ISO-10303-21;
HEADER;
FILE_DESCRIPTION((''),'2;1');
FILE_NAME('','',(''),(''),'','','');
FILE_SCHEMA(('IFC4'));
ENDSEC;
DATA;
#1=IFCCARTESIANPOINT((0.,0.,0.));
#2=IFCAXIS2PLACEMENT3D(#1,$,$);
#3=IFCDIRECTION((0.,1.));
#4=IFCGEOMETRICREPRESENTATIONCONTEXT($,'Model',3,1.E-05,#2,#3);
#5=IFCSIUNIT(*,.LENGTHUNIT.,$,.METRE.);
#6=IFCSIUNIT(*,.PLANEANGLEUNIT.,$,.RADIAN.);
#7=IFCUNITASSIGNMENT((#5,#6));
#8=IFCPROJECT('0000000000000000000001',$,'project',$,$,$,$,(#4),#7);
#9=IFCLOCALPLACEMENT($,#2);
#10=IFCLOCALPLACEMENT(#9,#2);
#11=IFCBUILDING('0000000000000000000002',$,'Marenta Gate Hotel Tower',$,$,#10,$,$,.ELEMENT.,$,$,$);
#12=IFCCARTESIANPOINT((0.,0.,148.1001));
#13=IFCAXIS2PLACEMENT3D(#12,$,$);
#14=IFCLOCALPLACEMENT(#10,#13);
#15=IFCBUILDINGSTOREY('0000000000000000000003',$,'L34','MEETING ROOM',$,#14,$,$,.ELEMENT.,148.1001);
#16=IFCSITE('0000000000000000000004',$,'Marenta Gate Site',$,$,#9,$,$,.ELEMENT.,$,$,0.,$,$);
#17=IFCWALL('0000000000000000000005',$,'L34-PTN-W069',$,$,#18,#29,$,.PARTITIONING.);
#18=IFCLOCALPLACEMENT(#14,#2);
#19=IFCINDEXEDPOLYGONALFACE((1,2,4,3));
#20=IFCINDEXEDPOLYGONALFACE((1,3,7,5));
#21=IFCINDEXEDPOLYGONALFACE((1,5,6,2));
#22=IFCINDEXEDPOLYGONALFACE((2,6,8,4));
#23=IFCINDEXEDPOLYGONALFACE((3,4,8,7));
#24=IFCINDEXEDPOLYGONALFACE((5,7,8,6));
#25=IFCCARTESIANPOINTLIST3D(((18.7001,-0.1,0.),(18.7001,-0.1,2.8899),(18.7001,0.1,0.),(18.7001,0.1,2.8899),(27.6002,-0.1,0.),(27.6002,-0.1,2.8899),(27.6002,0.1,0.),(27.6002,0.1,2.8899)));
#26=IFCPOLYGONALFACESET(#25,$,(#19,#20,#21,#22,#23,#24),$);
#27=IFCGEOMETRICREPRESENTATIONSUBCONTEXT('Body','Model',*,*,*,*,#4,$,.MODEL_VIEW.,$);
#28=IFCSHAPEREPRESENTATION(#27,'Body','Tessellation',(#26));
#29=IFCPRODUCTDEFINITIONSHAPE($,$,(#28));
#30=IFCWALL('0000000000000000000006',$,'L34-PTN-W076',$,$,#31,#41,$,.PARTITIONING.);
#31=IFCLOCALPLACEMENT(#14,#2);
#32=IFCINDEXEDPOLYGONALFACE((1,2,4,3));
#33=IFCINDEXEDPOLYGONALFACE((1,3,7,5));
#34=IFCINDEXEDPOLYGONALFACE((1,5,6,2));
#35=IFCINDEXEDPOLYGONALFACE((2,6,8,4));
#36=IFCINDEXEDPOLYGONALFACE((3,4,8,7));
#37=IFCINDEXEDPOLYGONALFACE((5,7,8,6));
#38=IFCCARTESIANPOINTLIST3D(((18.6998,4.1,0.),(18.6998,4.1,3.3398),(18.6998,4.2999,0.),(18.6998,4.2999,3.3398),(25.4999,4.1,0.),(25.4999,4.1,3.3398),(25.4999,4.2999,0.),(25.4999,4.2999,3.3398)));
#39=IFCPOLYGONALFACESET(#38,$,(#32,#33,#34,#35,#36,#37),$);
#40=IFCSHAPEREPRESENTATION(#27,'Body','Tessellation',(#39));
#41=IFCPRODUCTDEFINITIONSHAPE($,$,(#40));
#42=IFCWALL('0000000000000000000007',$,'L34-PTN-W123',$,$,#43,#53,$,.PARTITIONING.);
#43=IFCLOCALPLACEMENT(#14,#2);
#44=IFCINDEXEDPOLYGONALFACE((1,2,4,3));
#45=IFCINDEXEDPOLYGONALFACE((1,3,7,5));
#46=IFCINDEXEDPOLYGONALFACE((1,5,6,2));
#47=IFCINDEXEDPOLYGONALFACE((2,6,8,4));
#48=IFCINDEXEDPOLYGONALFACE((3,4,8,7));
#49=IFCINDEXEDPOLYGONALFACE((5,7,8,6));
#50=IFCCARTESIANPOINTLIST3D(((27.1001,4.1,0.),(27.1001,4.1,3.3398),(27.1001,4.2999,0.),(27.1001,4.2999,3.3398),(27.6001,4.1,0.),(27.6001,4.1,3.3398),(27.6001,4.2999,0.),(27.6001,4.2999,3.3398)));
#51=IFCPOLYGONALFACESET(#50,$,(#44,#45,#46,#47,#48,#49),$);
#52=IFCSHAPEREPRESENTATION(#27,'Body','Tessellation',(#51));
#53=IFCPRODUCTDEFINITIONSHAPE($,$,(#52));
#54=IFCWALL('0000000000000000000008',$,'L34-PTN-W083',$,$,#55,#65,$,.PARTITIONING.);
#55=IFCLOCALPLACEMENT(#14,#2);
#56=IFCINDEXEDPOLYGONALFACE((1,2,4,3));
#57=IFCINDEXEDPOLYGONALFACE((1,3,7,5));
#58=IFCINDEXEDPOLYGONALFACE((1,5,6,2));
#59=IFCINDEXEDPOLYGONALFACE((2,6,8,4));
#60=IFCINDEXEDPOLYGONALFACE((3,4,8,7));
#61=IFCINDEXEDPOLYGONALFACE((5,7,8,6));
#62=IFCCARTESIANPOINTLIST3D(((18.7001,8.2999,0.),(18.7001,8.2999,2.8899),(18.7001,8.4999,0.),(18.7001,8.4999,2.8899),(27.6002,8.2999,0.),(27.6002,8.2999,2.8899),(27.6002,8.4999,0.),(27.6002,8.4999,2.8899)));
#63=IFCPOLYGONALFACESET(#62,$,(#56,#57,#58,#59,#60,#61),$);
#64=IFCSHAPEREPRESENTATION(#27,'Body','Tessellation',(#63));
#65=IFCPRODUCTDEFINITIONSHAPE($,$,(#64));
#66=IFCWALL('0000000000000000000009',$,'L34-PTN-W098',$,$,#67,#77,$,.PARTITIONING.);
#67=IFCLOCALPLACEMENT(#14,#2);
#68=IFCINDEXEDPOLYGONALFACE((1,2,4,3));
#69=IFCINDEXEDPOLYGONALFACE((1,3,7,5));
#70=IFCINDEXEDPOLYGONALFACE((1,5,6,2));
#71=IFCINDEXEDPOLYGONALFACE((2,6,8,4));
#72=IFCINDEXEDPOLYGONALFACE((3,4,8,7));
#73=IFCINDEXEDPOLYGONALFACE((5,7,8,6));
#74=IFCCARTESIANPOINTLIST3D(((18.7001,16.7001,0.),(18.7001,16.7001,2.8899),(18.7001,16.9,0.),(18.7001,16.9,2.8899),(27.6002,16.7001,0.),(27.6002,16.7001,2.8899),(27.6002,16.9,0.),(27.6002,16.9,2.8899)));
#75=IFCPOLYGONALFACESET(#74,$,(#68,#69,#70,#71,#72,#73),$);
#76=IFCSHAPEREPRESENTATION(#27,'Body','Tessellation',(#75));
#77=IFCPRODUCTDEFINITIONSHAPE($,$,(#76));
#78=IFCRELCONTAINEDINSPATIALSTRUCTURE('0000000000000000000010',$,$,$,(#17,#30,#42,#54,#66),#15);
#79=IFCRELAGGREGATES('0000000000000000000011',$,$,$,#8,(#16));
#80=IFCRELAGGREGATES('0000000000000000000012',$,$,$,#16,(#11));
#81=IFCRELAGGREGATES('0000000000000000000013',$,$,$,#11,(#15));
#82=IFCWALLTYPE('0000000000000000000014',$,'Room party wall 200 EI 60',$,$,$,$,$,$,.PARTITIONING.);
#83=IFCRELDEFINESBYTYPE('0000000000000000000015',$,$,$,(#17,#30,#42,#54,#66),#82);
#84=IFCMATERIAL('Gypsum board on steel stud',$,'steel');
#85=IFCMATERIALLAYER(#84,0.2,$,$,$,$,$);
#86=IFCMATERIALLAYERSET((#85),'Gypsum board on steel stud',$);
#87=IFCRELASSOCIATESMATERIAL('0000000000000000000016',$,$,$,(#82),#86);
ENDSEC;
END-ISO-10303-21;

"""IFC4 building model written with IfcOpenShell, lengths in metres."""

from ifc_helpers import new_model, si_unit, direction, frame, frame_2d, origin, place, context, subcontext, project, spatial, rectangle, extrude, material, layer, layer_set, type_object, element, save


model = new_model("IFC4")

# Units and contexts
model_context = context("Model", 3, precision=1e-05, world=origin(), true_north=direction((0.0, 1.0)))
body_context = subcontext(model_context, "Body", "Model", "MODEL_VIEW")
ifc_project = project(units=[si_unit("LENGTHUNIT", "METRE"), si_unit("PLANEANGLEUNIT", "RADIAN")], contexts=[model_context])

# Site, building, storey
site_placement = place(None, origin())
site = spatial("IfcSite", under=ifc_project, at=site_placement, Name="Marenta Gate Site", CompositionType="ELEMENT", RefElevation=0.0)
building_placement = place(site_placement, origin())
building = spatial("IfcBuilding", under=site, at=building_placement, Name="Marenta Gate Hotel Tower", CompositionType="ELEMENT")
storey_placement = place(building_placement, frame((0.0, 0.0, 148.1001)))
storey = spatial("IfcBuildingStorey", under=building, at=storey_placement, Name="L34", Description="MEETING ROOM", CompositionType="ELEMENT", Elevation=148.1001)

# Walls
ifc_material_1 = material(Name="Gypsum board on steel stud", Category="steel")
ifc_layer_1 = layer(ifc_material_1, 0.2)
ifc_layer_set_1 = layer_set([ifc_layer_1], Name="Gypsum board on steel stud")
wall_type_1 = type_object("IfcWallType", Name="Room party wall 200 EI 60", PredefinedType="PARTITIONING", material=ifc_layer_set_1)
wall_1_placement = place(storey_placement, frame((18.7, 0.0, 0.0), z_axis=(0.0, 0.0, 1.0), x_axis=(1.0, 0.0, 0.0)))
element("IfcWall", 1, at=wall_1_placement, inside=storey, type_object=wall_type_1, Name="L34-PTN-W069", PredefinedType="PARTITIONING", context=body_context, shape_type="SweptSolid", body=[
    extrude(rectangle(XDim=8.9001, YDim=0.2, at=frame_2d((4.4502, 0.0))), origin(), (0.0, 0.0, 1.0), 2.8899),
])
wall_2_placement = place(storey_placement, frame((18.7, 4.2, 0.0), z_axis=(0.0, 0.0, 1.0), x_axis=(1.0, 0.0, 0.0)))
element("IfcWall", 2, at=wall_2_placement, inside=storey, type_object=wall_type_1, Name="L34-PTN-W076", PredefinedType="PARTITIONING", context=body_context, shape_type="SweptSolid", body=[
    extrude(rectangle(XDim=6.8, YDim=0.2, at=frame_2d((3.3999, 0.0))), origin(), (0.0, 0.0, 1.0), 3.3398),
])
wall_3_placement = place(storey_placement, frame((27.1001, 4.2, 0.0), z_axis=(0.0, 0.0, 1.0), x_axis=(1.0, 0.0, 0.0)))
element("IfcWall", 3, at=wall_3_placement, inside=storey, type_object=wall_type_1, Name="L34-PTN-W123", PredefinedType="PARTITIONING", context=body_context, shape_type="SweptSolid", body=[
    extrude(rectangle(XDim=0.5, YDim=0.2, at=frame_2d((0.25, 0.0))), origin(), (0.0, 0.0, 1.0), 3.3398),
])
for number, where, z_axis, x_axis, name in (
    (4, (18.7, 8.3999, 0.0), (0.0, 0.0, 1.0), (1.0, 0.0, 0.0), "L34-PTN-W083"),
    (5, (18.7, 16.8, 0.0), (0.0, 0.0, 1.0), (1.0, 0.0, 0.0), "L34-PTN-W098"),
):
    element("IfcWall", number, at=place(storey_placement, frame(where, z_axis=z_axis, x_axis=x_axis)), inside=storey, type_object=wall_type_1, Name=name, PredefinedType="PARTITIONING", context=body_context, shape_type="SweptSolid", body=[
        extrude(rectangle(XDim=8.9001, YDim=0.2, at=frame_2d((4.4502, 0.0))), origin(), (0.0, 0.0, 1.0), 2.8899),
    ])

save(model, "model.ifc")
